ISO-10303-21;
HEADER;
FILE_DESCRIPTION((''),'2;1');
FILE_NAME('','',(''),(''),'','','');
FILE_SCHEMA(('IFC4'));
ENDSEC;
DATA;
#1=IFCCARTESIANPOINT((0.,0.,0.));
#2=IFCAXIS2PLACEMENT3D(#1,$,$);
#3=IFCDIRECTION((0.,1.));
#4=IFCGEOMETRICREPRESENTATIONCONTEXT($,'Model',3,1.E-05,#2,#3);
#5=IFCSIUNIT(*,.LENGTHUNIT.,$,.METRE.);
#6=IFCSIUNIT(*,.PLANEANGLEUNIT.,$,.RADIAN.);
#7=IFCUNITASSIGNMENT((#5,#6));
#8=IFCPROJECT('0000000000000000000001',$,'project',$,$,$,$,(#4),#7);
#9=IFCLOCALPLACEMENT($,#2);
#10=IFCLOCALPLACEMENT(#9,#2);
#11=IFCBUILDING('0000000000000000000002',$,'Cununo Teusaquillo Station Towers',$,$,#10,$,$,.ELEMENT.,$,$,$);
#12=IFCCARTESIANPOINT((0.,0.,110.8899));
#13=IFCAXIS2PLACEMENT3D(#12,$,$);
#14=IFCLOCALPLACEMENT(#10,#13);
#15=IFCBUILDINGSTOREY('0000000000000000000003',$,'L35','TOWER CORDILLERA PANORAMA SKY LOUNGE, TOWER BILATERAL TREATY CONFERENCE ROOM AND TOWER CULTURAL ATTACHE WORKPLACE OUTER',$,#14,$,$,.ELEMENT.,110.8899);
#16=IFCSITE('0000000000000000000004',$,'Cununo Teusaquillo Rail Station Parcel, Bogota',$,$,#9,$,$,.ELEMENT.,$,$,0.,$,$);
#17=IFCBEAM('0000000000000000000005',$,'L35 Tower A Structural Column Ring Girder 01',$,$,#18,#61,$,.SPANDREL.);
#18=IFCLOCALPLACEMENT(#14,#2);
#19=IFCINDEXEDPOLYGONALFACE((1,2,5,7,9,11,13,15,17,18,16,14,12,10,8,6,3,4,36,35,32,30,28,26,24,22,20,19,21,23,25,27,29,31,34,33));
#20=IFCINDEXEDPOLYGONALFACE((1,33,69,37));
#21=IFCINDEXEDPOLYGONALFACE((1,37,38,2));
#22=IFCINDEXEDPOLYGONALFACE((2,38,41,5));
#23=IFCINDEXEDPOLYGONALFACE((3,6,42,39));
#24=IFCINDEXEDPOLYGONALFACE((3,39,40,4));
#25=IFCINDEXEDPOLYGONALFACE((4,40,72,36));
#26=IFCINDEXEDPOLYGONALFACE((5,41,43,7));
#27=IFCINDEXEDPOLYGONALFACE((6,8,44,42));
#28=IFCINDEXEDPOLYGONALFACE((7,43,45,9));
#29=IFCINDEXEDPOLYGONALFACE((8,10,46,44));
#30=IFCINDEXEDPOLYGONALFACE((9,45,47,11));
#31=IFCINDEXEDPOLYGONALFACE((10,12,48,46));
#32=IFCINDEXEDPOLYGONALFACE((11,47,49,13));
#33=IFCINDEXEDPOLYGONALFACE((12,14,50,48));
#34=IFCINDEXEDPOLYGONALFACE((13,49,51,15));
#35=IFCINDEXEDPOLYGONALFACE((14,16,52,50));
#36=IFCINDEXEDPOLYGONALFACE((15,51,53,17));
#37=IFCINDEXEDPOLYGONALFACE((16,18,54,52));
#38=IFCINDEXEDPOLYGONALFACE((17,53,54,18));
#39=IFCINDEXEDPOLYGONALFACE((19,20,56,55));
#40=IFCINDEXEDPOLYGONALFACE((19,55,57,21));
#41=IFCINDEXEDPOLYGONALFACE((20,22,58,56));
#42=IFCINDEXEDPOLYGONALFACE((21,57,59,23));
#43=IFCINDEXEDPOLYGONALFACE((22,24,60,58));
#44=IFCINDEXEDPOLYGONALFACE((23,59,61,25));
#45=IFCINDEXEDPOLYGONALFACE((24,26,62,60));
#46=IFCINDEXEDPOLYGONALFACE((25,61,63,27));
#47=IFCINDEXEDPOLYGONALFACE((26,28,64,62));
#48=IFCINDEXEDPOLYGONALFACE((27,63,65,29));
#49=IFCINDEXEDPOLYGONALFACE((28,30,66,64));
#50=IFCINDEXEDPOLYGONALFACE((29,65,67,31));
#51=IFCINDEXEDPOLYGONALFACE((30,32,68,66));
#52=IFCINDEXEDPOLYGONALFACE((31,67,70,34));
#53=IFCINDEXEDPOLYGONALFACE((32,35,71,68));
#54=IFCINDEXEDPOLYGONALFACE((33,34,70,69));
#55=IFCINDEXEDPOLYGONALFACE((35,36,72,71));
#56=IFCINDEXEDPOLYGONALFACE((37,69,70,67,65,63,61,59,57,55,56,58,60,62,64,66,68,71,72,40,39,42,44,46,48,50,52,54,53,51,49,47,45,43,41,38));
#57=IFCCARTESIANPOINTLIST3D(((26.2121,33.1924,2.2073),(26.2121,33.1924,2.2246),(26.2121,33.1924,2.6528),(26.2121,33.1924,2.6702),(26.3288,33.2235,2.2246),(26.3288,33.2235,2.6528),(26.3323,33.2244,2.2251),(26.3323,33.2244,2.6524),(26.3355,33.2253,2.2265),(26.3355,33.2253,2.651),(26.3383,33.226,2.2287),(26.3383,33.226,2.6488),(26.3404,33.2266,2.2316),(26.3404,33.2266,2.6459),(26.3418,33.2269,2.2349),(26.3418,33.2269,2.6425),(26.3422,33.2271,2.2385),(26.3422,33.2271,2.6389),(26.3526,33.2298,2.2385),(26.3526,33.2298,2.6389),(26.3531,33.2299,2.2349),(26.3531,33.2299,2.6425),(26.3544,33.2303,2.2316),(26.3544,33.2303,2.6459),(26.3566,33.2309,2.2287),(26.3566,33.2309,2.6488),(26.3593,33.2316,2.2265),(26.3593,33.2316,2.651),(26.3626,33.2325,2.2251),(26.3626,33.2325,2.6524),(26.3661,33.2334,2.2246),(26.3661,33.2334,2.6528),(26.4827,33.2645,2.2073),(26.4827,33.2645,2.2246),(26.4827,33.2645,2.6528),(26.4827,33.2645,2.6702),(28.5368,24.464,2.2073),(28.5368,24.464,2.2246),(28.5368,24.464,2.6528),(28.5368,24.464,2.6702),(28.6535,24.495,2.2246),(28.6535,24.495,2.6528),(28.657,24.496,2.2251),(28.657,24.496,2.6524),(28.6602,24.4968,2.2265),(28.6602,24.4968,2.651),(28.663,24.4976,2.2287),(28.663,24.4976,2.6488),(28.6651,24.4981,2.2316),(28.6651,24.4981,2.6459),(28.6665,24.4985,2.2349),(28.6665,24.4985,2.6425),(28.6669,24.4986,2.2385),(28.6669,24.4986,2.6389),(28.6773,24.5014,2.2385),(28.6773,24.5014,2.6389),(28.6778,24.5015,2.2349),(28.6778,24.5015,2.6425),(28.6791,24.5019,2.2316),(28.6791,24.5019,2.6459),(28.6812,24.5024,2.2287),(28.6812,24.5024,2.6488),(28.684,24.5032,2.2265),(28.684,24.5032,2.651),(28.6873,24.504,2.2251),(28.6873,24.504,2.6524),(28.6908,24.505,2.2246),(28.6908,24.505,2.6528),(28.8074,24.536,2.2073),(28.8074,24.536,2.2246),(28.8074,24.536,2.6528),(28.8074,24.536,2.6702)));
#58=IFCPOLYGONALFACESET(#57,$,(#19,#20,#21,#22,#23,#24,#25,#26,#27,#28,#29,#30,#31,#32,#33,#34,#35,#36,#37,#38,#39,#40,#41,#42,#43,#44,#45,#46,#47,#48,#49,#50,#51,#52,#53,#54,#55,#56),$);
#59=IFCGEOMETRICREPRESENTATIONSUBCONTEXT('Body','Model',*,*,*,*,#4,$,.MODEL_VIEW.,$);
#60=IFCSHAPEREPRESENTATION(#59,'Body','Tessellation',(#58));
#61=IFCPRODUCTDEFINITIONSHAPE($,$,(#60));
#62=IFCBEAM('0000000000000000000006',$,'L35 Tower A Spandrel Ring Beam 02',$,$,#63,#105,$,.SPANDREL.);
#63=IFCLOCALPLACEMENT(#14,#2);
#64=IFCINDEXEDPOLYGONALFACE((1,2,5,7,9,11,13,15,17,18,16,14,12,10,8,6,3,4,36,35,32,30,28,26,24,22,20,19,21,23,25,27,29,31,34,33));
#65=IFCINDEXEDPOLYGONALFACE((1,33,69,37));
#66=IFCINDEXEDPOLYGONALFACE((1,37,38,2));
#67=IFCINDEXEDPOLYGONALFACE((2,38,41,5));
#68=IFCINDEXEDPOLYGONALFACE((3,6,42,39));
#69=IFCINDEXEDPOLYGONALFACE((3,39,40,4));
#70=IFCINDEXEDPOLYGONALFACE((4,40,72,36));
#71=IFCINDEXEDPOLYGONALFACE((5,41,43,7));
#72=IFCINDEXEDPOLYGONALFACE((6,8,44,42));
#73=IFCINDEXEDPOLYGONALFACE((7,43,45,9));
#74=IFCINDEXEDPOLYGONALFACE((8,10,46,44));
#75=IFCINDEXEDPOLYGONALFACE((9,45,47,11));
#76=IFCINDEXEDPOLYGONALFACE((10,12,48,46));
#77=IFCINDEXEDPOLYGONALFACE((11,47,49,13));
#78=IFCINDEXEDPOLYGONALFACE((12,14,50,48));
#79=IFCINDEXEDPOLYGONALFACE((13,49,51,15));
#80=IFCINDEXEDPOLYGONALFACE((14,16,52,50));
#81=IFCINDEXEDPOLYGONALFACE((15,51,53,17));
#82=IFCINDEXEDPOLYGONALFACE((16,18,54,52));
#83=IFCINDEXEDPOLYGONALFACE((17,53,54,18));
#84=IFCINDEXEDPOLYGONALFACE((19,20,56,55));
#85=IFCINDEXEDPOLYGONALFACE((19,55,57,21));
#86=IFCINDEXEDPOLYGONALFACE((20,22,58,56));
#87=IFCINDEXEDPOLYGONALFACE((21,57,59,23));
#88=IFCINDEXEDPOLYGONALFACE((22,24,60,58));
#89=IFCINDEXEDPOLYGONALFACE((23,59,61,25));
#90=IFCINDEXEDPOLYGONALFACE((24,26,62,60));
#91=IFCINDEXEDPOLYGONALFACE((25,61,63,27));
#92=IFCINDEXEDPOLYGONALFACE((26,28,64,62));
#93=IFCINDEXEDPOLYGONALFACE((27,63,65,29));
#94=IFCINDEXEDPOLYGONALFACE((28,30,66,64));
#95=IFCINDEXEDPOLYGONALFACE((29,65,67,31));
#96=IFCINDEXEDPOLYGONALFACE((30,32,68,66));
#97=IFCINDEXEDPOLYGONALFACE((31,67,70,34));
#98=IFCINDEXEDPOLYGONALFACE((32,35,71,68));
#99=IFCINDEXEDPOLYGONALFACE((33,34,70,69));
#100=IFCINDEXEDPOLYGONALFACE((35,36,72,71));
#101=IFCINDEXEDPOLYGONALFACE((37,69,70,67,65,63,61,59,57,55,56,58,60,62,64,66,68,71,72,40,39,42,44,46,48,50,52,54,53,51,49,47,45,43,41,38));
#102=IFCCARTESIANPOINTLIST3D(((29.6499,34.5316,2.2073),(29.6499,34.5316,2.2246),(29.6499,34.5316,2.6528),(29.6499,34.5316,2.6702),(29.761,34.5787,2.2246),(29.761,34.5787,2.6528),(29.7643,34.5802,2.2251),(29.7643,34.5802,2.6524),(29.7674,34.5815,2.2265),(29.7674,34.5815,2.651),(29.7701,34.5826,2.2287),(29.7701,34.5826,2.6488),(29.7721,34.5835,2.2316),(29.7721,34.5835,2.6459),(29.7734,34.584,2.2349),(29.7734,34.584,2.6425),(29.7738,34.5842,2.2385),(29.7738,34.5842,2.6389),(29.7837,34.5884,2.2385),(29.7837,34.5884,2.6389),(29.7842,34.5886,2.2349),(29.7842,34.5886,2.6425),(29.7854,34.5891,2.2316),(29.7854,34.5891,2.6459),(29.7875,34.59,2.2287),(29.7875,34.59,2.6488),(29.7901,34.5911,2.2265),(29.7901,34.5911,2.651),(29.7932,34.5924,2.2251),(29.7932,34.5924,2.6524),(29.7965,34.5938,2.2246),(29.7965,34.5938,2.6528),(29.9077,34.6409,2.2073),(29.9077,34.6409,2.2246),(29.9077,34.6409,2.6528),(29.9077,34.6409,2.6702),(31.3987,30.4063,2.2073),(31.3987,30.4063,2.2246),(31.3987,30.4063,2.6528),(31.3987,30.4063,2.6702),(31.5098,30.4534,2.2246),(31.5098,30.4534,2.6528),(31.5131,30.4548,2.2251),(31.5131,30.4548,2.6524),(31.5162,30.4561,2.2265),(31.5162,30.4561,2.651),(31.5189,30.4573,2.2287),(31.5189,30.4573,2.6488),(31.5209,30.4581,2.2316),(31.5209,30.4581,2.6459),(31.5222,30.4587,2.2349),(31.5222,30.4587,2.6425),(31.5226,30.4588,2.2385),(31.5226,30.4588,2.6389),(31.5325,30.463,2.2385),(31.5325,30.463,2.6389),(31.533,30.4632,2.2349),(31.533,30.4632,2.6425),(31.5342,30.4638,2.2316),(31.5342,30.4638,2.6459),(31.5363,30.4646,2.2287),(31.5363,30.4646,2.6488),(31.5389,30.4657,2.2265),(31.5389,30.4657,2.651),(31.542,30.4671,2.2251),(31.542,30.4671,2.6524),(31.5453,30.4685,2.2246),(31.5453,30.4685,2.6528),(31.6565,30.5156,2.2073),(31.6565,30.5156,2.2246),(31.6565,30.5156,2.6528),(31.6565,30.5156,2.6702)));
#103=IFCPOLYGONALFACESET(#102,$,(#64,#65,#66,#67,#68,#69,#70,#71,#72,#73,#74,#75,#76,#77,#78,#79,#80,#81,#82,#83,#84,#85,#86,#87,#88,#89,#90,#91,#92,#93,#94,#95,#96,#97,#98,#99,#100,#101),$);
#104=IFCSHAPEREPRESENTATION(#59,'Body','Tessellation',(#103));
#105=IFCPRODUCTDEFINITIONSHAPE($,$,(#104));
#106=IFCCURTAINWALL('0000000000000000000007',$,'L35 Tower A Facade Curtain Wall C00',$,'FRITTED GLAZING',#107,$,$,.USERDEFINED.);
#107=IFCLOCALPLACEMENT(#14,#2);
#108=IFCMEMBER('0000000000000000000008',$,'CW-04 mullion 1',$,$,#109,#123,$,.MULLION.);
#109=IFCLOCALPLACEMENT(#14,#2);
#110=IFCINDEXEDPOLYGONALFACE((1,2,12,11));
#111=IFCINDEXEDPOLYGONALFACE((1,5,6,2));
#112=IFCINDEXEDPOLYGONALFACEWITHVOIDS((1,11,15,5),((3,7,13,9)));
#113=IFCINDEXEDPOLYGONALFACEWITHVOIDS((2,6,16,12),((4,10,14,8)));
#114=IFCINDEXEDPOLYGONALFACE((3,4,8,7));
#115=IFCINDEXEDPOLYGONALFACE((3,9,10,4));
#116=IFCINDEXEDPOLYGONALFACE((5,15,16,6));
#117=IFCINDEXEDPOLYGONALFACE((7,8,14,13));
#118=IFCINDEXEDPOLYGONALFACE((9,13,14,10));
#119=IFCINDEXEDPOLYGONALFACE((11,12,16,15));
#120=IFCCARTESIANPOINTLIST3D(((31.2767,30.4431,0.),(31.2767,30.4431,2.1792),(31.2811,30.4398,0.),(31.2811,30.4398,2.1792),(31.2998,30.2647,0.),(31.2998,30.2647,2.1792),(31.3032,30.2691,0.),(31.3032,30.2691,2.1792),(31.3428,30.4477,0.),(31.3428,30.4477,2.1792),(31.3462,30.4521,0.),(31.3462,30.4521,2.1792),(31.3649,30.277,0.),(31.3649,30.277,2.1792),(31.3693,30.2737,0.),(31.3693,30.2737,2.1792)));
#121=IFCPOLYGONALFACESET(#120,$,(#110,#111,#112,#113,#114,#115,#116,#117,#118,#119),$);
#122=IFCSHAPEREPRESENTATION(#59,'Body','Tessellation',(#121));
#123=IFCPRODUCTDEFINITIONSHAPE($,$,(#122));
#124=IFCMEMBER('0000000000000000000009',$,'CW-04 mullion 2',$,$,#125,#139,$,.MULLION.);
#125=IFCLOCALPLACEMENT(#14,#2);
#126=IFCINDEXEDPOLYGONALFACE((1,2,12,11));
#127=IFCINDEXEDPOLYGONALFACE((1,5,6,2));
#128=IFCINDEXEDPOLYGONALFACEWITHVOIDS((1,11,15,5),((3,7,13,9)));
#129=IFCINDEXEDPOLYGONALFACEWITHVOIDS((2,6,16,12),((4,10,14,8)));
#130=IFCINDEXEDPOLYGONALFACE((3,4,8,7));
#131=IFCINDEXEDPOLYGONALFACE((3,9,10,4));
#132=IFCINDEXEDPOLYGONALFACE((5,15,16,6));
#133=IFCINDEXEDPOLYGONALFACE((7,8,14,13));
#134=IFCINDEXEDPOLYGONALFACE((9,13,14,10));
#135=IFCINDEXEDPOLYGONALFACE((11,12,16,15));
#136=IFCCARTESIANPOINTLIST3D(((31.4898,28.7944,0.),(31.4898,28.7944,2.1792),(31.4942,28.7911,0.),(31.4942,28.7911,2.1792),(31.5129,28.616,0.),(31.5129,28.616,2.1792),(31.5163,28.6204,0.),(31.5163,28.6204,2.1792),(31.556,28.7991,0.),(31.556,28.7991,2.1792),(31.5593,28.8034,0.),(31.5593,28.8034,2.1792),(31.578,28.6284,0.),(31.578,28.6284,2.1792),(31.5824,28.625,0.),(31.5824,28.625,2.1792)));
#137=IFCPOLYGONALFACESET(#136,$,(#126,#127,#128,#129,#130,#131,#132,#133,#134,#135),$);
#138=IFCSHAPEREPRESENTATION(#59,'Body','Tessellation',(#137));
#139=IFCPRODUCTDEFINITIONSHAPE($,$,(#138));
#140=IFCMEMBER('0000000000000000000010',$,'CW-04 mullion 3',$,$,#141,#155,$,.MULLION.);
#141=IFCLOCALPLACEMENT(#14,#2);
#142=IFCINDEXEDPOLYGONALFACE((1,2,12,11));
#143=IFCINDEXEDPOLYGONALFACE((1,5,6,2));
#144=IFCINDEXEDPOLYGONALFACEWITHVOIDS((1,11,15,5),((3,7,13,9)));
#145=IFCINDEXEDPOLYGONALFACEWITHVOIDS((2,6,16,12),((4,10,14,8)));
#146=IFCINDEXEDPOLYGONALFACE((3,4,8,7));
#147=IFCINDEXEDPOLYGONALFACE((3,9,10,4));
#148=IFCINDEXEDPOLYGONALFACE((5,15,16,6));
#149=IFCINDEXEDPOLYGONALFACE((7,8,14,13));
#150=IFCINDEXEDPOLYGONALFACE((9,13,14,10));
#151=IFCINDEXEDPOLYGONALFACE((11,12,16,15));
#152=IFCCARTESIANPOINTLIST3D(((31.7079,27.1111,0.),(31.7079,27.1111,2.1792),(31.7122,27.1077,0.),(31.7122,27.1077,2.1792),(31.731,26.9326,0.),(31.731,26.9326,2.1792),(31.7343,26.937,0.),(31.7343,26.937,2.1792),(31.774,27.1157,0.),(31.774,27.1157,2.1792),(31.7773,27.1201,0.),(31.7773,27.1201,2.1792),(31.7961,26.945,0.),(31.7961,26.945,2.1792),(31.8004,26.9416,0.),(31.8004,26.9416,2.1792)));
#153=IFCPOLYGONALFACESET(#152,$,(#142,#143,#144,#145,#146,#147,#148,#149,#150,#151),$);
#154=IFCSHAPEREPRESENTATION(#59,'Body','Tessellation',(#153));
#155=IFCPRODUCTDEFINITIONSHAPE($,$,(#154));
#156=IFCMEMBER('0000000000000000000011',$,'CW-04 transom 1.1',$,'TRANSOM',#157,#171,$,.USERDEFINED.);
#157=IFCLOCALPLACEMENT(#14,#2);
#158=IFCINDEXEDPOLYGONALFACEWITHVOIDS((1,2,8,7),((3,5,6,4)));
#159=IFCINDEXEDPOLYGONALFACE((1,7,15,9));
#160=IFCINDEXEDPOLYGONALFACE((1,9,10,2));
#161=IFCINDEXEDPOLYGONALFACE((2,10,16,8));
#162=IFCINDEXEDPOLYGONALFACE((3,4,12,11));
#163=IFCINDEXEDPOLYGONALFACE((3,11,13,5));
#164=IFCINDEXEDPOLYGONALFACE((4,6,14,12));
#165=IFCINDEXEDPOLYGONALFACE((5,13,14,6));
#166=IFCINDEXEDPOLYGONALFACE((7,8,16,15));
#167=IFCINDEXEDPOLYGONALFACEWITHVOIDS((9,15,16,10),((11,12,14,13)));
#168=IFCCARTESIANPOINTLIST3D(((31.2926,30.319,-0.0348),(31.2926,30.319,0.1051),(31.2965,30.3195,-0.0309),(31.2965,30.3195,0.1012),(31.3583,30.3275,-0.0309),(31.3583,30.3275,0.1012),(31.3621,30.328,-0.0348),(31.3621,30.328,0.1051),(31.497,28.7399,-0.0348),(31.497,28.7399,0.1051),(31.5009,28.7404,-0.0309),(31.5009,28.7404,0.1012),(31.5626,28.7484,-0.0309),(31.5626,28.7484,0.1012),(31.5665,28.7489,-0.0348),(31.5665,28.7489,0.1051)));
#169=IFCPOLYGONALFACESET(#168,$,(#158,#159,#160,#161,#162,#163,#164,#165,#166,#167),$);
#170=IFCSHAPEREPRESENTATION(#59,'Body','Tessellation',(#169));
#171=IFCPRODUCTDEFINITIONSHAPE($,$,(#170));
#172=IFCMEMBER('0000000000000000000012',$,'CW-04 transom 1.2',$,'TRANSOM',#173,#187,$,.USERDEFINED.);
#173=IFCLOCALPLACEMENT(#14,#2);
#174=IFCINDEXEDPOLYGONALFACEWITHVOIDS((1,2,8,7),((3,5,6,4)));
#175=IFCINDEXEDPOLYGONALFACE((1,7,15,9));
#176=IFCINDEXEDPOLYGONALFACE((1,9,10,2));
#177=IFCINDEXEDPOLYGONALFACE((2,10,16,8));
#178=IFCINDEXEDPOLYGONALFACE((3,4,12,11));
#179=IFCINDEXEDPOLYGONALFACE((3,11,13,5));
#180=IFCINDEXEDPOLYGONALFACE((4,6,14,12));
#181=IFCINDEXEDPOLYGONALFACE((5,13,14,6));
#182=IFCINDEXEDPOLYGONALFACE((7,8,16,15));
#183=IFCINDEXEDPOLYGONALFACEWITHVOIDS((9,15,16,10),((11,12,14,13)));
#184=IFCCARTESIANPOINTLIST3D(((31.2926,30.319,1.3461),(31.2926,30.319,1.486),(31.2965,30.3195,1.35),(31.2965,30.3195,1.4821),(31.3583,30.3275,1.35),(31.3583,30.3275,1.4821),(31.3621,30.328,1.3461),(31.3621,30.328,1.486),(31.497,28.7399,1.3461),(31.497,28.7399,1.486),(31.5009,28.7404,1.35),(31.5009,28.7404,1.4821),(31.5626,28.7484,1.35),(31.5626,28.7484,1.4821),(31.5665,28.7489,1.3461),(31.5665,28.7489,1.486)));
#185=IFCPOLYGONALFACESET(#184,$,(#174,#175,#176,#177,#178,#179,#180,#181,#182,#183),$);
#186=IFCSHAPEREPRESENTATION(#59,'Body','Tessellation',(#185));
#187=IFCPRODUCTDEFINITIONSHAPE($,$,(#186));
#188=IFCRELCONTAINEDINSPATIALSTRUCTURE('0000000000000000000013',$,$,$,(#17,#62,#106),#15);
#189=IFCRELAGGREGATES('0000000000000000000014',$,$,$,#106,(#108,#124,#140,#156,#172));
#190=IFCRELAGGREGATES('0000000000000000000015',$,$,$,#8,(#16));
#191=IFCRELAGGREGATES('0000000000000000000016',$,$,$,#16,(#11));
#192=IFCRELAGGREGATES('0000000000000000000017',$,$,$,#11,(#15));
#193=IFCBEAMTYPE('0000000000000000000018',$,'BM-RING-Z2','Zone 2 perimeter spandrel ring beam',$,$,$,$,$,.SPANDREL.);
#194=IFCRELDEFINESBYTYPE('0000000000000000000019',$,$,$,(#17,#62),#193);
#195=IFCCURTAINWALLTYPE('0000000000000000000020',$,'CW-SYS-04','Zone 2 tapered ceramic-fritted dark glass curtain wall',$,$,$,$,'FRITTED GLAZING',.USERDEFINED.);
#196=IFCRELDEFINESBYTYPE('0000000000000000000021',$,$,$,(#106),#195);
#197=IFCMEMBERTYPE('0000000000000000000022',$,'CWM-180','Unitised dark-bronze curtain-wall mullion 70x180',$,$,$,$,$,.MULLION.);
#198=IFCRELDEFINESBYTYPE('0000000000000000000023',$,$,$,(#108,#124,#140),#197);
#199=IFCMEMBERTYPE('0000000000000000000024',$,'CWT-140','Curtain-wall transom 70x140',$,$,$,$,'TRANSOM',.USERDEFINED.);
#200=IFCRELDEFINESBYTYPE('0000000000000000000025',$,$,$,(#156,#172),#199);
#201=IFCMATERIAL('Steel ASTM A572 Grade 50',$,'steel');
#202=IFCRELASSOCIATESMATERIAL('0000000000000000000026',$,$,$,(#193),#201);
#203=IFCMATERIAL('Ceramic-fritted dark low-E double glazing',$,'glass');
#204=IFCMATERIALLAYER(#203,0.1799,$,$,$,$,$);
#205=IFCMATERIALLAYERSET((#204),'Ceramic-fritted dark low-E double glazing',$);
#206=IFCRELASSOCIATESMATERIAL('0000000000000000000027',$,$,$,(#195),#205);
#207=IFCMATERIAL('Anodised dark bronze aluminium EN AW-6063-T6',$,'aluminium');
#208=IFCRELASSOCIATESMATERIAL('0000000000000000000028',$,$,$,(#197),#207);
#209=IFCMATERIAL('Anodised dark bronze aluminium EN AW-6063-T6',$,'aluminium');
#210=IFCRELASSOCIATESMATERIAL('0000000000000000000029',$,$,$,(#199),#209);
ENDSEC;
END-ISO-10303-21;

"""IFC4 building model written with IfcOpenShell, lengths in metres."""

from ifc_helpers import new_model, si_unit, direction, frame, origin, origin_2d, place, context, subcontext, project, spatial, hollow_rectangle, i_section, extrude, material, layer, layer_set, material_profile, profile_set, type_object, element, aggregate, save


model = new_model("IFC4")

# Units and contexts
model_context = context("Model", 3, precision=1e-05, world=origin(), true_north=direction((0.0, 1.0)))
body_context = subcontext(model_context, "Body", "Model", "MODEL_VIEW")
ifc_project = project(units=[si_unit("LENGTHUNIT", "METRE"), si_unit("PLANEANGLEUNIT", "RADIAN")], contexts=[model_context])

# Site, building, storey
site_placement = place(None, origin())
site = spatial("IfcSite", under=ifc_project, at=site_placement, Name="Cununo Teusaquillo Rail Station Parcel, Bogota", CompositionType="ELEMENT", RefElevation=0.0)
building_placement = place(site_placement, origin())
building = spatial("IfcBuilding", under=site, at=building_placement, Name="Cununo Teusaquillo Station Towers", CompositionType="ELEMENT")
storey_placement = place(building_placement, frame((0.0, 0.0, 110.8899)))
storey = spatial("IfcBuildingStorey", under=building, at=storey_placement, Name="L35", Description="TOWER CORDILLERA PANORAMA SKY LOUNGE, TOWER BILATERAL TREATY CONFERENCE ROOM AND TOWER CULTURAL ATTACHE WORKPLACE OUTER", CompositionType="ELEMENT", Elevation=110.8899)

# Beams
ifc_material_1 = material(Name="Steel ASTM A572 Grade 50", Category="steel")
ifc_material_profile_1 = material_profile(ifc_material_1, i_section(OverallWidth=0.28, OverallDepth=0.4629, WebThickness=0.0107, FlangeThickness=0.0173, FilletRadius=0.0139, at=origin_2d()), Name="W18X76")
ifc_profile_set_1 = profile_set([ifc_material_profile_1], Name="Steel ASTM A572 Grade 50")
beam_type_1 = type_object("IfcBeamType", Name="BM-RING-Z2", Description="Zone 2 perimeter spandrel ring beam", PredefinedType="SPANDREL", material=ifc_profile_set_1)
beam_1_placement = place(storey_placement, frame((28.6721, 24.5, 2.4387), z_axis=(-0.257363, 0.966315, 0.0), x_axis=(-0.966315, -0.257363, 0.0)))
element("IfcBeam", 1, at=beam_1_placement, inside=storey, type_object=beam_type_1, Name="L35 Tower A Structural Column Ring Girder 01", PredefinedType="SPANDREL", context=body_context, shape_type="SweptSolid", body=[
    extrude(i_section(OverallWidth=0.28, OverallDepth=0.4629, WebThickness=0.0107, FlangeThickness=0.0173, FilletRadius=0.0139, at=origin_2d()), origin(), (0.0, 0.0, 1.0), 9.0327),
])
beam_2_placement = place(storey_placement, frame((31.5276, 30.4609, 2.4387), z_axis=(-0.390299, 0.920688, 0.0), x_axis=(-0.920688, -0.390299, 0.0)))
element("IfcBeam", 2, at=beam_2_placement, inside=storey, type_object=beam_type_1, Name="L35 Tower A Spandrel Ring Beam 02", PredefinedType="SPANDREL", context=body_context, shape_type="SweptSolid", body=[
    extrude(i_section(OverallWidth=0.28, OverallDepth=0.4629, WebThickness=0.0107, FlangeThickness=0.0173, FilletRadius=0.0139, at=origin_2d()), origin(), (0.0, 0.0, 1.0), 4.4807),
])

# Curtain wall, members
ifc_material_2 = material(Name="Ceramic-fritted dark low-E double glazing", Category="glass")
ifc_layer_1 = layer(ifc_material_2, 0.1799)
ifc_layer_set_1 = layer_set([ifc_layer_1], Name="Ceramic-fritted dark low-E double glazing")
curtain_wall_type = type_object("IfcCurtainWallType", Name="CW-SYS-04", Description="Zone 2 tapered ceramic-fritted dark glass curtain wall", ElementType="FRITTED GLAZING", PredefinedType="USERDEFINED", material=ifc_layer_set_1)
curtain_wall_placement = place(storey_placement, origin())
curtain_wall = element("IfcCurtainWall", 3, at=curtain_wall_placement, inside=storey, type_object=curtain_wall_type, Name="L35 Tower A Facade Curtain Wall C00", ObjectType="FRITTED GLAZING", PredefinedType="USERDEFINED")
ifc_material_3 = material(Name="Anodised dark bronze aluminium EN AW-6063-T6", Category="aluminium")
ifc_material_profile_2 = material_profile(ifc_material_3, hollow_rectangle(XDim=0.0701, YDim=0.1799, WallThickness=0.0039, at=origin_2d()), Name="CW-MULL-70x180")
ifc_profile_set_2 = profile_set([ifc_material_profile_2], Name="Anodised dark bronze aluminium EN AW-6063-T6")
member_type_1 = type_object("IfcMemberType", Name="CWM-180", Description="Unitised dark-bronze curtain-wall mullion 70x180", PredefinedType="MULLION", material=ifc_profile_set_2)
member_1_placement = place(storey_placement, frame((31.323, 30.3584, 0.0), z_axis=(0.0, 0.0, 1.0), x_axis=(0.991731, 0.128336, 0.0)))
member_1 = element("IfcMember", 4, at=member_1_placement, type_object=member_type_1, Name="CW-04 mullion 1", PredefinedType="MULLION", context=body_context, shape_type="SweptSolid", body=[
    extrude(hollow_rectangle(XDim=0.0701, YDim=0.1799, WallThickness=0.0039, at=origin_2d()), origin(), (0.0, 0.0, 1.0), 2.1792),
])
member_2_placement = place(storey_placement, frame((31.5361, 28.7097, 0.0), z_axis=(0.0, 0.0, 1.0), x_axis=(0.991731, 0.128336, 0.0)))
member_2 = element("IfcMember", 5, at=member_2_placement, type_object=member_type_1, Name="CW-04 mullion 2", PredefinedType="MULLION", context=body_context, shape_type="SweptSolid", body=[
    extrude(hollow_rectangle(XDim=0.0701, YDim=0.1799, WallThickness=0.0039, at=origin_2d()), origin(), (0.0, 0.0, 1.0), 2.1792),
])
member_3_placement = place(storey_placement, frame((31.7542, 27.0264, 0.0), z_axis=(0.0, 0.0, 1.0), x_axis=(0.991731, 0.128336, 0.0)))
member_3 = element("IfcMember", 6, at=member_3_placement, type_object=member_type_1, Name="CW-04 mullion 3", PredefinedType="MULLION", context=body_context, shape_type="SweptSolid", body=[
    extrude(hollow_rectangle(XDim=0.0701, YDim=0.1799, WallThickness=0.0039, at=origin_2d()), origin(), (0.0, 0.0, 1.0), 2.1792),
])
ifc_material_4 = material(Name="Anodised dark bronze aluminium EN AW-6063-T6", Category="aluminium")
ifc_material_profile_3 = material_profile(ifc_material_4, hollow_rectangle(XDim=0.0701, YDim=0.1399, WallThickness=0.0039, at=origin_2d()), Name="CW-TRAN-70x140")
ifc_profile_set_3 = profile_set([ifc_material_profile_3], Name="Anodised dark bronze aluminium EN AW-6063-T6")
member_type_2 = type_object("IfcMemberType", Name="CWT-140", Description="Curtain-wall transom 70x140", ElementType="TRANSOM", PredefinedType="USERDEFINED", material=ifc_profile_set_3)
member_4_placement = place(storey_placement, frame((31.3274, 30.3235, 0.0352), z_axis=(0.128336, -0.991731, 0.0), x_axis=(0.991731, 0.128336, 0.0)))
member_4 = element("IfcMember", 7, at=member_4_placement, type_object=member_type_2, Name="CW-04 transom 1.1", ObjectType="TRANSOM", PredefinedType="USERDEFINED", context=body_context, shape_type="SweptSolid", body=[
    extrude(hollow_rectangle(XDim=0.0701, YDim=0.1399, WallThickness=0.0039, at=origin_2d()), origin(), (0.0, 0.0, 1.0), 1.5923),
])
member_5_placement = place(storey_placement, frame((31.3274, 30.3235, 1.416), z_axis=(0.128336, -0.991731, 0.0), x_axis=(0.991731, 0.128336, 0.0)))
member_5 = element("IfcMember", 8, at=member_5_placement, type_object=member_type_2, Name="CW-04 transom 1.2", ObjectType="TRANSOM", PredefinedType="USERDEFINED", context=body_context, shape_type="SweptSolid", body=[
    extrude(hollow_rectangle(XDim=0.0701, YDim=0.1399, WallThickness=0.0039, at=origin_2d()), origin(), (0.0, 0.0, 1.0), 1.5923),
])

aggregate(curtain_wall, [member_1, member_2, member_3, member_4, member_5])

save(model, "model.ifc")
